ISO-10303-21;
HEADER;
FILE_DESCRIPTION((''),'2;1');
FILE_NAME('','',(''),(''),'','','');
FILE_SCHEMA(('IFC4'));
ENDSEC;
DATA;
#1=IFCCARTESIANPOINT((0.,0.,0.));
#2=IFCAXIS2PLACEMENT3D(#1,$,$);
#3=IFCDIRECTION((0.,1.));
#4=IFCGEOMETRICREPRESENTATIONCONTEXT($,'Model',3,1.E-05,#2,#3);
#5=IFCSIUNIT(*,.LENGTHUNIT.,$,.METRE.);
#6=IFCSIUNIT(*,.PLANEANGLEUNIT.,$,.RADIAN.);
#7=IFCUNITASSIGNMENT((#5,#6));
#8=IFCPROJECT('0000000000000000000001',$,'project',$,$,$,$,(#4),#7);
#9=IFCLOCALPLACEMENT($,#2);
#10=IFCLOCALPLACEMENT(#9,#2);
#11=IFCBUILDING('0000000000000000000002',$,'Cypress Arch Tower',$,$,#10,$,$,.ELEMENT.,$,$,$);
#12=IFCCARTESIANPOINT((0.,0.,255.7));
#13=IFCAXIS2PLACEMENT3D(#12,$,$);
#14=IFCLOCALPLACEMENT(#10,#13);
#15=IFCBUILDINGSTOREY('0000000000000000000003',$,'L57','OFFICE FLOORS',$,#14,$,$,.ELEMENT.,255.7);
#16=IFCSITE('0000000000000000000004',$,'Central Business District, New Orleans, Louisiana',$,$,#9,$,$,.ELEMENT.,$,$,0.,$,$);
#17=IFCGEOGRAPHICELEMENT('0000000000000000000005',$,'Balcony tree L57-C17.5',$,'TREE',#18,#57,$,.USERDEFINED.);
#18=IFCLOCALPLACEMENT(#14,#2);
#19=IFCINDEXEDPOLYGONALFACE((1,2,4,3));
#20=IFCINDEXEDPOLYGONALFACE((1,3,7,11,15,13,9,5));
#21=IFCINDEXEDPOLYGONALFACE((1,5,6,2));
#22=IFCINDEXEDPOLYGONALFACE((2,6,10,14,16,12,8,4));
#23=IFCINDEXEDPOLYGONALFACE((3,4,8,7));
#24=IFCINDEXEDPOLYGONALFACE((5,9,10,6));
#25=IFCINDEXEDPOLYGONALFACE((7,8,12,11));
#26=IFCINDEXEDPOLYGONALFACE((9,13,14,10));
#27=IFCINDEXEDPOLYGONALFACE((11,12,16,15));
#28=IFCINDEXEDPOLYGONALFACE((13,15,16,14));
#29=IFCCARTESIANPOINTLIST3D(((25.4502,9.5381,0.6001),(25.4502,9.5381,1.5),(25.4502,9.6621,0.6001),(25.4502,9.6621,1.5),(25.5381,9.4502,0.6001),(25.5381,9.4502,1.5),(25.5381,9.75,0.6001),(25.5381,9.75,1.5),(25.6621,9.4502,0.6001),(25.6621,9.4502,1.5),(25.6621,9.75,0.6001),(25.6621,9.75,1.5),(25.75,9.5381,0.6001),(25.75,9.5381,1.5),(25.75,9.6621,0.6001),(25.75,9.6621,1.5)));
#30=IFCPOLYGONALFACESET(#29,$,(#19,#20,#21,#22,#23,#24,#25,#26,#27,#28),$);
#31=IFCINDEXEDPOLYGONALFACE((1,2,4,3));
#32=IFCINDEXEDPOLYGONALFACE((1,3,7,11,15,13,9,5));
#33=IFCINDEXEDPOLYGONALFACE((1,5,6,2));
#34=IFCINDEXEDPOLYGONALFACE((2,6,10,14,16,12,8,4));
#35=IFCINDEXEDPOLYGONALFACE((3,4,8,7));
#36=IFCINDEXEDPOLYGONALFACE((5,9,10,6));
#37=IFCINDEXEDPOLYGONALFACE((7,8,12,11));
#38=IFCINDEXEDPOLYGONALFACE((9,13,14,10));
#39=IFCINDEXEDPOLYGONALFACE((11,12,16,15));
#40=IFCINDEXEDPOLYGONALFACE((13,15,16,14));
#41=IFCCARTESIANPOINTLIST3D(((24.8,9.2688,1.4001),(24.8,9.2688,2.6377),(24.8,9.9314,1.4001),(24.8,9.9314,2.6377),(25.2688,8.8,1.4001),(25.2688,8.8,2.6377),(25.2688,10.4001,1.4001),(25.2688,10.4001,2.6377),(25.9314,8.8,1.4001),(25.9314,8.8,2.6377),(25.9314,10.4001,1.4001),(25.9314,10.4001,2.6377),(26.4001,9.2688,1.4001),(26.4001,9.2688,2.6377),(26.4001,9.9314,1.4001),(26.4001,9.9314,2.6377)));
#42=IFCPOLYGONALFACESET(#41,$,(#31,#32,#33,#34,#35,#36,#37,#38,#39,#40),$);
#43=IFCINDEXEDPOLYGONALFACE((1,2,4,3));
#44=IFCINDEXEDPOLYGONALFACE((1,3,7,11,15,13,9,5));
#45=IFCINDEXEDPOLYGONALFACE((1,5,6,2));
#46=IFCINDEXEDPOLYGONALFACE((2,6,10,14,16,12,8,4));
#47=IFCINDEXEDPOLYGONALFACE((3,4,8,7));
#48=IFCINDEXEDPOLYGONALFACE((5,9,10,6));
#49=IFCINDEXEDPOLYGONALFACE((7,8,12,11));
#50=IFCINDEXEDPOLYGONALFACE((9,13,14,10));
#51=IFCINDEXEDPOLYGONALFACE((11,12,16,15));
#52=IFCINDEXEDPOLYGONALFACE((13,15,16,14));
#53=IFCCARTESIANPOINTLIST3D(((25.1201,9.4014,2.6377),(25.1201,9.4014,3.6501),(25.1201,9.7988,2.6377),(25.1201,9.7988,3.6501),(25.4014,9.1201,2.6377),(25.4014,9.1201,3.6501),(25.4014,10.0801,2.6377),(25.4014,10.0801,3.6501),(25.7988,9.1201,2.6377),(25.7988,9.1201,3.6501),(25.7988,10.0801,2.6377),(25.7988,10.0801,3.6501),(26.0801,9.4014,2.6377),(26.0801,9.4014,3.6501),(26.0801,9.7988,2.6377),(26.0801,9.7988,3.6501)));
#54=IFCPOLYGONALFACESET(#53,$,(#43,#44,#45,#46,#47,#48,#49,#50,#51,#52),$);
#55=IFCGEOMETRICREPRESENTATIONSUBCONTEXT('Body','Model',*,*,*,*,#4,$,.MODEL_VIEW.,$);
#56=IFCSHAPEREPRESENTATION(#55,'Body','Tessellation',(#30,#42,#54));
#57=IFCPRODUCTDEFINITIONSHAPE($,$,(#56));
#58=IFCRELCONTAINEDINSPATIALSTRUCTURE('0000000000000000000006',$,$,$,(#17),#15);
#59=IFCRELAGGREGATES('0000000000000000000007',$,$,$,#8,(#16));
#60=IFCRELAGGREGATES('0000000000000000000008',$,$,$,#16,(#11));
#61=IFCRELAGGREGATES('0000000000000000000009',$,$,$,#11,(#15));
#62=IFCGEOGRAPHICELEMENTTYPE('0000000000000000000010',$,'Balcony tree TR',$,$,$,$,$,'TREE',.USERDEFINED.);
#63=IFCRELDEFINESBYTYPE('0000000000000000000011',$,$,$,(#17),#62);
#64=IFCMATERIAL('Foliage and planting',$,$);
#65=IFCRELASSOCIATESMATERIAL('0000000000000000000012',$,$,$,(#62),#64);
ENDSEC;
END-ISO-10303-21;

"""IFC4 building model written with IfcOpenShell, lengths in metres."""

from ifc_helpers import new_model, si_unit, direction, frame, origin, place, context, subcontext, project, spatial, polyline, outline, extrude, material, type_object, element, save


model = new_model("IFC4")

# Units and contexts
model_context = context("Model", 3, precision=1e-05, world=origin(), true_north=direction((0.0, 1.0)))
body_context = subcontext(model_context, "Body", "Model", "MODEL_VIEW")
ifc_project = project(units=[si_unit("LENGTHUNIT", "METRE"), si_unit("PLANEANGLEUNIT", "RADIAN")], contexts=[model_context])

# Site, building, storey
site_placement = place(None, origin())
site = spatial("IfcSite", under=ifc_project, at=site_placement, Name="Central Business District, New Orleans, Louisiana", CompositionType="ELEMENT", RefElevation=0.0)
building_placement = place(site_placement, origin())
building = spatial("IfcBuilding", under=site, at=building_placement, Name="Cypress Arch Tower", CompositionType="ELEMENT")
storey_placement = place(building_placement, frame((0.0, 0.0, 255.7)))
storey = spatial("IfcBuildingStorey", under=building, at=storey_placement, Name="L57", Description="OFFICE FLOORS", CompositionType="ELEMENT", Elevation=255.7)

# Geographic element
ifc_material_1 = material(Name="Foliage and planting")
geographic_element_type = type_object("IfcGeographicElementType", Name="Balcony tree TR", ElementType="TREE", PredefinedType="USERDEFINED", material=ifc_material_1)
geographic_element_placement = place(storey_placement, frame((25.6001, 9.6001, 0.6001), z_axis=(0.0, 0.0, 1.0), x_axis=(1.0, 0.0, 0.0)))
element("IfcGeographicElement", 1, at=geographic_element_placement, inside=storey, type_object=geographic_element_type, Name="Balcony tree L57-C17.5", ObjectType="TREE", PredefinedType="USERDEFINED", context=body_context, shape_type="SweptSolid", body=[
    extrude(outline(polyline([(0.1499, 0.062), (0.062, 0.1499), (-0.062, 0.1499), (-0.1499, 0.062), (-0.1499, -0.062), (-0.062, -0.1499), (0.062, -0.1499), (0.1499, -0.062), (0.1499, 0.062)])), origin(), (0.0, 0.0, 1.0), 0.8999),
    extrude(outline(polyline([(0.8, 0.3313), (0.3313, 0.8), (-0.3313, 0.8), (-0.8, 0.3313), (-0.8, -0.3313), (-0.3313, -0.8), (0.3313, -0.8), (0.8, -0.3313), (0.8, 0.3313)])), frame((0.0, 0.0, 0.8)), (0.0, 0.0, 1.0), 1.2375),
    extrude(outline(polyline([(0.48, 0.1987), (0.1987, 0.48), (-0.1987, 0.48), (-0.48, 0.1987), (-0.48, -0.1987), (-0.1987, -0.48), (0.1987, -0.48), (0.48, -0.1987), (0.48, 0.1987)])), frame((0.0, 0.0, 2.0376)), (0.0, 0.0, 1.0), 1.0125),
])

save(model, "model.ifc")
